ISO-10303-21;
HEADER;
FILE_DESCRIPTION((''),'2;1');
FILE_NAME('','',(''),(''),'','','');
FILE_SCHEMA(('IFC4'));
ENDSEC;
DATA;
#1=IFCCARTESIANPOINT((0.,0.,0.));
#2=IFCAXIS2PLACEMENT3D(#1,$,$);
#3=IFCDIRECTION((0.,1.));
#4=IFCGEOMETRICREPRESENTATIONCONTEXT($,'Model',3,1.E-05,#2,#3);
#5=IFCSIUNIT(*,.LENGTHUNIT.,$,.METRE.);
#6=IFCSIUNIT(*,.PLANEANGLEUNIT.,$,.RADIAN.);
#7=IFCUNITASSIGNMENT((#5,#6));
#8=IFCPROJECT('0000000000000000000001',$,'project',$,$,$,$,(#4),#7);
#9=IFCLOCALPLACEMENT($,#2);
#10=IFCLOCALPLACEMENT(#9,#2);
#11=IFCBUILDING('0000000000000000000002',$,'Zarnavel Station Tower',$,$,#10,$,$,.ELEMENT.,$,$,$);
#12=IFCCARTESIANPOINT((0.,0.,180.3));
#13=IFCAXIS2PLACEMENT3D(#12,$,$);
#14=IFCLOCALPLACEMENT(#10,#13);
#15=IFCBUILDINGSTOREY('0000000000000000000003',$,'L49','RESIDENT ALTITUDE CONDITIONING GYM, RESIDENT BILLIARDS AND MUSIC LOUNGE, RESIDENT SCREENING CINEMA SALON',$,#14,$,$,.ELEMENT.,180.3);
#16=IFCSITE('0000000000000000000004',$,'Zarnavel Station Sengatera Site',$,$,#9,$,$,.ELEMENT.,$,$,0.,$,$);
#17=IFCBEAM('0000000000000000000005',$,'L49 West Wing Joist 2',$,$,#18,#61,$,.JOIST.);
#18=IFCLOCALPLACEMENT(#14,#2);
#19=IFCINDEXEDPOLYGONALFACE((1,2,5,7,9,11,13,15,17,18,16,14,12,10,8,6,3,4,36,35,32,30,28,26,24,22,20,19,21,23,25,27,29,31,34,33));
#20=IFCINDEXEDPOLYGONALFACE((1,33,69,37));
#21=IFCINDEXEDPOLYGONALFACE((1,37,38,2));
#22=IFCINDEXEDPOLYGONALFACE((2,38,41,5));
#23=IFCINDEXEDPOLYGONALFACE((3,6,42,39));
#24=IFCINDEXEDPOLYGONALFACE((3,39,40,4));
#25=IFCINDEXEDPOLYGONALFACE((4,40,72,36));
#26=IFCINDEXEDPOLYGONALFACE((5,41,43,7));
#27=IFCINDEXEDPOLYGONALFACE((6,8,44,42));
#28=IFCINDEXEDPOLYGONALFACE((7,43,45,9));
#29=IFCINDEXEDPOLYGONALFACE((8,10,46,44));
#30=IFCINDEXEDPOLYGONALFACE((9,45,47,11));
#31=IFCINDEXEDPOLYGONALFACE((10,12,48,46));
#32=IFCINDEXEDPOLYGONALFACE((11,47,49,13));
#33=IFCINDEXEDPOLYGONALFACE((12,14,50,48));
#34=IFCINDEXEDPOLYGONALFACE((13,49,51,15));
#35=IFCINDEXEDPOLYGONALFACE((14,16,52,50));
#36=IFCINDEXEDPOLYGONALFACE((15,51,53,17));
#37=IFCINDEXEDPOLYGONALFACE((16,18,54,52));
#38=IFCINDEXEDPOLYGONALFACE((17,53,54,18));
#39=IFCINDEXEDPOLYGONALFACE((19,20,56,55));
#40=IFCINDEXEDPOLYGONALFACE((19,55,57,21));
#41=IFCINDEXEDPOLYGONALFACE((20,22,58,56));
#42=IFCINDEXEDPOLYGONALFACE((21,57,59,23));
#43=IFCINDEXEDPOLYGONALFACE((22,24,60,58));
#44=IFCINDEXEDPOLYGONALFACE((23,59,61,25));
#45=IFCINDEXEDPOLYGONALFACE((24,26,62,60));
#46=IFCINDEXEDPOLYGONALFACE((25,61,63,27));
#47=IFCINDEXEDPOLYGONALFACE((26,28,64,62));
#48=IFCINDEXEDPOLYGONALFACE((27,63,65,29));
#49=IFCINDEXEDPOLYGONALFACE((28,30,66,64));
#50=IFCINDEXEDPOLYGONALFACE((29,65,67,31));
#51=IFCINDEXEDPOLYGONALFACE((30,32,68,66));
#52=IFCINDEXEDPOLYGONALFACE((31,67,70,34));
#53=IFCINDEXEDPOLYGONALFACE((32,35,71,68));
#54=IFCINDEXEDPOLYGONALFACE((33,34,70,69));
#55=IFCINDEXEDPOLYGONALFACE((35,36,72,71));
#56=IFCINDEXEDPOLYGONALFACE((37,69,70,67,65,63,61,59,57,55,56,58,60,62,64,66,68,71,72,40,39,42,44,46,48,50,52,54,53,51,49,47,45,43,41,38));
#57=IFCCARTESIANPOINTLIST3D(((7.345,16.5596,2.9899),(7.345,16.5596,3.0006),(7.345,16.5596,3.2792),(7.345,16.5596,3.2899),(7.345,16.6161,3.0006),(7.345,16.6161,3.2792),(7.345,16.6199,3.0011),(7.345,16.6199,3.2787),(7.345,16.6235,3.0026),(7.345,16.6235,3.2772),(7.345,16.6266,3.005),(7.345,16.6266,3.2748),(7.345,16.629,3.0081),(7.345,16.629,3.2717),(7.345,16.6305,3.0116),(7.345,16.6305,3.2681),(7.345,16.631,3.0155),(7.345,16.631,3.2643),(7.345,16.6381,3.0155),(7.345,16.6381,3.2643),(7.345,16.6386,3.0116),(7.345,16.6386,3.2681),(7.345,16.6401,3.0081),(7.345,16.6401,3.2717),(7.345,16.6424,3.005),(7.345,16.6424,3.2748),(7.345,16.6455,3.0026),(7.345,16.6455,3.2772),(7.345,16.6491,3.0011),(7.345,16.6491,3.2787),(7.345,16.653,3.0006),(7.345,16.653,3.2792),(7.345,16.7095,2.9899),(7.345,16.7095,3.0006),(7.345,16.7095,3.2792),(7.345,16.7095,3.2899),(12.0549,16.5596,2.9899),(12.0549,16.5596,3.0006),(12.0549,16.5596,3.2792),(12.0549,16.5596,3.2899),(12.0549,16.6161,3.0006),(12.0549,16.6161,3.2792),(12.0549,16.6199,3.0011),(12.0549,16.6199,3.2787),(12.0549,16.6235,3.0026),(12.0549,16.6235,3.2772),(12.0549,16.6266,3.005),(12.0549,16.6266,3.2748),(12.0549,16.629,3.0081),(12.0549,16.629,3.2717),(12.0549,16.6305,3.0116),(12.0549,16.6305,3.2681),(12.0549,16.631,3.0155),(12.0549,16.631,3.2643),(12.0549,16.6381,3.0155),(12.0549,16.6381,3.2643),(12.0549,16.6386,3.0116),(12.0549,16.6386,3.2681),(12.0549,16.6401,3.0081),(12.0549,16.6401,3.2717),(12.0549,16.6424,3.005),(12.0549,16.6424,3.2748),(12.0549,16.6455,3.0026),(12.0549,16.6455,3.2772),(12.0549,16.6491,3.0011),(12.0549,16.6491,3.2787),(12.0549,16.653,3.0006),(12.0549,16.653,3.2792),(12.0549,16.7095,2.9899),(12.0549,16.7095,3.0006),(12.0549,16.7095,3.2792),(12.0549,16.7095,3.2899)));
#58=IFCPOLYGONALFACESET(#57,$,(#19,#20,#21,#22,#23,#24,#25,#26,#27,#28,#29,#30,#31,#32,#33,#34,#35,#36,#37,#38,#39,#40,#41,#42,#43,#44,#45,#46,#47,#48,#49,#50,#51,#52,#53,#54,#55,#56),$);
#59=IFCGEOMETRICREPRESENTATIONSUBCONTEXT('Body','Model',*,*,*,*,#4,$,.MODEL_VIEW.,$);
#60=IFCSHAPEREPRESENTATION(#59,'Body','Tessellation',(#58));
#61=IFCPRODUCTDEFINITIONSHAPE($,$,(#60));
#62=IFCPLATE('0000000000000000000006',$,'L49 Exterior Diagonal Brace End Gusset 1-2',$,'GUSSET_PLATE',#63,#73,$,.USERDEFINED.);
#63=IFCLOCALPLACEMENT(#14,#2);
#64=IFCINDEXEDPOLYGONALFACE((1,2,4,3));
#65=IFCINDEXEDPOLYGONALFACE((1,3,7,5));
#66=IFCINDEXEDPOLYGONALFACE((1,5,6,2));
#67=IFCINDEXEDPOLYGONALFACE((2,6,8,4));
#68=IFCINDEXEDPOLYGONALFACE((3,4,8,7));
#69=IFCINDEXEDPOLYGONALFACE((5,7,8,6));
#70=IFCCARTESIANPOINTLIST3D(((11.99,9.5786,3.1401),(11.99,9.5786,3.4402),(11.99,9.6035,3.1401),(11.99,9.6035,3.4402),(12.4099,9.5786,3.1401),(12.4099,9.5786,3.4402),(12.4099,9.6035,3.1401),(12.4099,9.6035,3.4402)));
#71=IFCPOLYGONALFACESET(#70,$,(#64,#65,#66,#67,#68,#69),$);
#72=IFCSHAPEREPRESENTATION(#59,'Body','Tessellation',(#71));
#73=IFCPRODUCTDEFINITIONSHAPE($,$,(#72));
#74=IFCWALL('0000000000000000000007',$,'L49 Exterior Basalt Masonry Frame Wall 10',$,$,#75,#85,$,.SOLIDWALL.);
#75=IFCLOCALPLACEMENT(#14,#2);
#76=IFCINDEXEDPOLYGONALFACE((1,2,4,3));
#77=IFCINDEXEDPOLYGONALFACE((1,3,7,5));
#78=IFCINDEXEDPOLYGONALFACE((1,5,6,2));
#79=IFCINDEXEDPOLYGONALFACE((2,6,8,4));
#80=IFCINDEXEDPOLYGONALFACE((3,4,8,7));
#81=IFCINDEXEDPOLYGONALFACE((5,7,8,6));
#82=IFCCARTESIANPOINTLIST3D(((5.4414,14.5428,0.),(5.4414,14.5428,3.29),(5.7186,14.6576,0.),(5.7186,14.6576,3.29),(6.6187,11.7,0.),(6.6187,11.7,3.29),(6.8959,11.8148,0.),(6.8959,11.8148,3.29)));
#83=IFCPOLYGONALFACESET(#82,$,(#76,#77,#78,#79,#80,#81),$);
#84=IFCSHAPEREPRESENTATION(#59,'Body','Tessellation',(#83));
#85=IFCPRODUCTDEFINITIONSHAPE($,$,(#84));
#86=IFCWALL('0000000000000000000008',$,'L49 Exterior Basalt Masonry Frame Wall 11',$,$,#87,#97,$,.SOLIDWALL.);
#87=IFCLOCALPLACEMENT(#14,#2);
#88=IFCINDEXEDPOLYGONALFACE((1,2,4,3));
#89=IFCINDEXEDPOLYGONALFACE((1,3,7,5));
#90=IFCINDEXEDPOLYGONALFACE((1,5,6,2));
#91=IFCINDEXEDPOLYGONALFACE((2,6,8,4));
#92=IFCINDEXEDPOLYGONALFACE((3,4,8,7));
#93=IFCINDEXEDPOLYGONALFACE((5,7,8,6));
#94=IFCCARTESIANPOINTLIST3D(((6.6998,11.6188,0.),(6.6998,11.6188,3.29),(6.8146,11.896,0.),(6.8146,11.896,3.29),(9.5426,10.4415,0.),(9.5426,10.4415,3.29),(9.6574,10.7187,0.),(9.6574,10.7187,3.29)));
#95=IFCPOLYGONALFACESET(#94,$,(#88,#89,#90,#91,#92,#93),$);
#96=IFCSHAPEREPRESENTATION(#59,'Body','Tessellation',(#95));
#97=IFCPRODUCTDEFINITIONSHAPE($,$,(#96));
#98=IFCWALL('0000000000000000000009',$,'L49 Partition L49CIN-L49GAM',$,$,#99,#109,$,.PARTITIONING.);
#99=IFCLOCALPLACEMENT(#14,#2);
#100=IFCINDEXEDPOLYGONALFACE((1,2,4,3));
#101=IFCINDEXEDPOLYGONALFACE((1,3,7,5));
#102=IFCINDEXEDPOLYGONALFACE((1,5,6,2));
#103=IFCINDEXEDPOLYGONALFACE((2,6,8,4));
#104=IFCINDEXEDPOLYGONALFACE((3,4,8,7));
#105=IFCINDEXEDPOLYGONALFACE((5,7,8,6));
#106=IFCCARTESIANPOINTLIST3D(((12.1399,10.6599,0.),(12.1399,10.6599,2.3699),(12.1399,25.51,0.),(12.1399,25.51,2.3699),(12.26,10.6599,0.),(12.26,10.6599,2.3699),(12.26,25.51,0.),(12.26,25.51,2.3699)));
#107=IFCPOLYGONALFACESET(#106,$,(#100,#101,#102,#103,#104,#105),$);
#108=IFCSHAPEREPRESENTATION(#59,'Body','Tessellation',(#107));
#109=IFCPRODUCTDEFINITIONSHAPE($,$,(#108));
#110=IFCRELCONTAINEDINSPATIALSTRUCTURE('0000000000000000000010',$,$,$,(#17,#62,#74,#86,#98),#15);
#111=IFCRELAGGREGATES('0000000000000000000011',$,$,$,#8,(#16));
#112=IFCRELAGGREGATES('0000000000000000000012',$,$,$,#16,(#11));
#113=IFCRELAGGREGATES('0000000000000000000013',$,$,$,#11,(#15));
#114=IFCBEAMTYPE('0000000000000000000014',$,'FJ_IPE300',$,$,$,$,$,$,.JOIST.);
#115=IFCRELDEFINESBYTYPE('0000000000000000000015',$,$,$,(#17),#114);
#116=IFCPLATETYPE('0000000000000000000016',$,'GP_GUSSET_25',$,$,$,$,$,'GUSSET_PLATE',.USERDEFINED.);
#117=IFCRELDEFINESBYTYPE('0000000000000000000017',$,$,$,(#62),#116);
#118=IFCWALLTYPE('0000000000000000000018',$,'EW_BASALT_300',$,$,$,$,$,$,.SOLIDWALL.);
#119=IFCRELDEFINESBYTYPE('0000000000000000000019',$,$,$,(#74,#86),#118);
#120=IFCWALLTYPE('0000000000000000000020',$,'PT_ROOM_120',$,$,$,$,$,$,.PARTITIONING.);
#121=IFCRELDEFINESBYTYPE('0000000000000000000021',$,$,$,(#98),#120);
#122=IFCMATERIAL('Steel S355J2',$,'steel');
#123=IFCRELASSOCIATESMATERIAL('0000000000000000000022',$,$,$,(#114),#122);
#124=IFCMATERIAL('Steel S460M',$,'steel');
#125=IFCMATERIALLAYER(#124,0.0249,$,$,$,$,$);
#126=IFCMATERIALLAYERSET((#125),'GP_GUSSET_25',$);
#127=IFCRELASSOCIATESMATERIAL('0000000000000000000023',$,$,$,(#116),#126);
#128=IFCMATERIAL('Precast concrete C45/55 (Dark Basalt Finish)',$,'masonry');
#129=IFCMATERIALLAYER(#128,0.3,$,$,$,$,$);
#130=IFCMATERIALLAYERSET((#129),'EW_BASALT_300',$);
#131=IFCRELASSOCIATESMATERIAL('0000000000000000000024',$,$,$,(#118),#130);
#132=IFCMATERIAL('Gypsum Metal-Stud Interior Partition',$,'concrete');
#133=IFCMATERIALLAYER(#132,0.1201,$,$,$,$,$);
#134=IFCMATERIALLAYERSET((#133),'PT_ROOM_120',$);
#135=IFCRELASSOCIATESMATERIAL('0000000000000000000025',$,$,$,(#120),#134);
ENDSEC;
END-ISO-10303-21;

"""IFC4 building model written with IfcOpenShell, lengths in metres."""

from ifc_helpers import new_model, si_unit, direction, frame, frame_2d, origin, origin_2d, place, context, subcontext, project, spatial, rectangle, i_section, extrude, material, layer, layer_set, material_profile, profile_set, type_object, element, save


model = new_model("IFC4")

# Units and contexts
model_context = context("Model", 3, precision=1e-05, world=origin(), true_north=direction((0.0, 1.0)))
body_context = subcontext(model_context, "Body", "Model", "MODEL_VIEW")
ifc_project = project(units=[si_unit("LENGTHUNIT", "METRE"), si_unit("PLANEANGLEUNIT", "RADIAN")], contexts=[model_context])

# Site, building, storey
site_placement = place(None, origin())
site = spatial("IfcSite", under=ifc_project, at=site_placement, Name="Zarnavel Station Sengatera Site", CompositionType="ELEMENT", RefElevation=0.0)
building_placement = place(site_placement, origin())
building = spatial("IfcBuilding", under=site, at=building_placement, Name="Zarnavel Station Tower", CompositionType="ELEMENT")
storey_placement = place(building_placement, frame((0.0, 0.0, 180.3)))
storey = spatial("IfcBuildingStorey", under=building, at=storey_placement, Name="L49", Description="RESIDENT ALTITUDE CONDITIONING GYM, RESIDENT BILLIARDS AND MUSIC LOUNGE, RESIDENT SCREENING CINEMA SALON", CompositionType="ELEMENT", Elevation=180.3)

# Beam
ifc_material_1 = material(Name="Steel S355J2", Category="steel")
ifc_material_profile_1 = material_profile(ifc_material_1, i_section(OverallWidth=0.1499, OverallDepth=0.3, WebThickness=0.0071, FlangeThickness=0.0107, FilletRadius=0.0149, at=origin_2d()), Name="IPE300")
ifc_profile_set_1 = profile_set([ifc_material_profile_1], Name="Steel S355J2")
beam_type_1 = type_object("IfcBeamType", Name="FJ_IPE300", PredefinedType="JOIST", material=ifc_profile_set_1)
for number, where, z_axis, x_axis, name in (
    (1, (7.345, 16.6345, 3.1399), (1.0, 0.0, 0.0), (0.0, 1.0, 0.0), "L49 West Wing Joist 2"),
):
    element("IfcBeam", number, at=place(storey_placement, frame(where, z_axis=z_axis, x_axis=x_axis)), inside=storey, type_object=beam_type_1, Name=name, PredefinedType="JOIST", context=body_context, shape_type="SweptSolid", body=[
        extrude(i_section(OverallWidth=0.1499, OverallDepth=0.3, WebThickness=0.0071, FlangeThickness=0.0107, FilletRadius=0.0149, at=origin_2d()), origin(), (0.0, 0.0, 1.0), 4.71),
    ])

# Plate
ifc_material_2 = material(Name="Steel S460M", Category="steel")
ifc_layer_1 = layer(ifc_material_2, 0.0249)
ifc_layer_set_1 = layer_set([ifc_layer_1], Name="GP_GUSSET_25")
plate_type = type_object("IfcPlateType", Name="GP_GUSSET_25", ElementType="GUSSET_PLATE", PredefinedType="USERDEFINED", material=ifc_layer_set_1)
plate_placement = place(storey_placement, frame((12.2, 9.5911, 3.1401), z_axis=(0.0, 0.0, 1.0), x_axis=(1.0, 0.0, 0.0)))
element("IfcPlate", 2, at=plate_placement, inside=storey, type_object=plate_type, Name="L49 Exterior Diagonal Brace End Gusset 1-2", ObjectType="GUSSET_PLATE", PredefinedType="USERDEFINED", context=body_context, shape_type="SweptSolid", body=[
    extrude(rectangle(XDim=0.4199, YDim=0.0249, at=origin_2d()), origin(), (0.0, 0.0, 1.0), 0.3),
])

# Walls
ifc_material_3 = material(Name="Precast concrete C45/55 (Dark Basalt Finish)", Category="masonry")
ifc_layer_2 = layer(ifc_material_3, 0.3)
ifc_layer_set_2 = layer_set([ifc_layer_2], Name="EW_BASALT_300")
wall_type_1 = type_object("IfcWallType", Name="EW_BASALT_300", PredefinedType="SOLIDWALL", material=ifc_layer_set_2)
for number, where, z_axis, x_axis, name in (
    (3, (6.7573, 11.7573, 0.0), (0.0, 0.0, 1.0), (-0.382609, 0.92391, 0.0), "L49 Exterior Basalt Masonry Frame Wall 10"),
    (4, (9.6001, 10.5801, 0.0), (0.0, 0.0, 1.0), (-0.92391, 0.382609, 0.0), "L49 Exterior Basalt Masonry Frame Wall 11"),
):
    element("IfcWall", number, at=place(storey_placement, frame(where, z_axis=z_axis, x_axis=x_axis)), inside=storey, type_object=wall_type_1, Name=name, PredefinedType="SOLIDWALL", context=body_context, shape_type="SweptSolid", body=[
        extrude(rectangle(XDim=3.0769, YDim=0.3, at=frame_2d((1.5386, 0.0))), origin(), (0.0, 0.0, 1.0), 3.29),
    ])
ifc_material_4 = material(Name="Gypsum Metal-Stud Interior Partition", Category="concrete")
ifc_layer_3 = layer(ifc_material_4, 0.1201)
ifc_layer_set_3 = layer_set([ifc_layer_3], Name="PT_ROOM_120")
wall_type_2 = type_object("IfcWallType", Name="PT_ROOM_120", PredefinedType="PARTITIONING", material=ifc_layer_set_3)
wall_placement = place(storey_placement, frame((12.2, 10.6599, 0.0), z_axis=(0.0, 0.0, 1.0), x_axis=(0.0, 1.0, 0.0)))
element("IfcWall", 5, at=wall_placement, inside=storey, type_object=wall_type_2, Name="L49 Partition L49CIN-L49GAM", PredefinedType="PARTITIONING", context=body_context, shape_type="SweptSolid", body=[
    extrude(rectangle(XDim=14.8501, YDim=0.1201, at=frame_2d((7.425, 0.0))), origin(), (0.0, 0.0, 1.0), 2.3699),
])

save(model, "model.ifc")
